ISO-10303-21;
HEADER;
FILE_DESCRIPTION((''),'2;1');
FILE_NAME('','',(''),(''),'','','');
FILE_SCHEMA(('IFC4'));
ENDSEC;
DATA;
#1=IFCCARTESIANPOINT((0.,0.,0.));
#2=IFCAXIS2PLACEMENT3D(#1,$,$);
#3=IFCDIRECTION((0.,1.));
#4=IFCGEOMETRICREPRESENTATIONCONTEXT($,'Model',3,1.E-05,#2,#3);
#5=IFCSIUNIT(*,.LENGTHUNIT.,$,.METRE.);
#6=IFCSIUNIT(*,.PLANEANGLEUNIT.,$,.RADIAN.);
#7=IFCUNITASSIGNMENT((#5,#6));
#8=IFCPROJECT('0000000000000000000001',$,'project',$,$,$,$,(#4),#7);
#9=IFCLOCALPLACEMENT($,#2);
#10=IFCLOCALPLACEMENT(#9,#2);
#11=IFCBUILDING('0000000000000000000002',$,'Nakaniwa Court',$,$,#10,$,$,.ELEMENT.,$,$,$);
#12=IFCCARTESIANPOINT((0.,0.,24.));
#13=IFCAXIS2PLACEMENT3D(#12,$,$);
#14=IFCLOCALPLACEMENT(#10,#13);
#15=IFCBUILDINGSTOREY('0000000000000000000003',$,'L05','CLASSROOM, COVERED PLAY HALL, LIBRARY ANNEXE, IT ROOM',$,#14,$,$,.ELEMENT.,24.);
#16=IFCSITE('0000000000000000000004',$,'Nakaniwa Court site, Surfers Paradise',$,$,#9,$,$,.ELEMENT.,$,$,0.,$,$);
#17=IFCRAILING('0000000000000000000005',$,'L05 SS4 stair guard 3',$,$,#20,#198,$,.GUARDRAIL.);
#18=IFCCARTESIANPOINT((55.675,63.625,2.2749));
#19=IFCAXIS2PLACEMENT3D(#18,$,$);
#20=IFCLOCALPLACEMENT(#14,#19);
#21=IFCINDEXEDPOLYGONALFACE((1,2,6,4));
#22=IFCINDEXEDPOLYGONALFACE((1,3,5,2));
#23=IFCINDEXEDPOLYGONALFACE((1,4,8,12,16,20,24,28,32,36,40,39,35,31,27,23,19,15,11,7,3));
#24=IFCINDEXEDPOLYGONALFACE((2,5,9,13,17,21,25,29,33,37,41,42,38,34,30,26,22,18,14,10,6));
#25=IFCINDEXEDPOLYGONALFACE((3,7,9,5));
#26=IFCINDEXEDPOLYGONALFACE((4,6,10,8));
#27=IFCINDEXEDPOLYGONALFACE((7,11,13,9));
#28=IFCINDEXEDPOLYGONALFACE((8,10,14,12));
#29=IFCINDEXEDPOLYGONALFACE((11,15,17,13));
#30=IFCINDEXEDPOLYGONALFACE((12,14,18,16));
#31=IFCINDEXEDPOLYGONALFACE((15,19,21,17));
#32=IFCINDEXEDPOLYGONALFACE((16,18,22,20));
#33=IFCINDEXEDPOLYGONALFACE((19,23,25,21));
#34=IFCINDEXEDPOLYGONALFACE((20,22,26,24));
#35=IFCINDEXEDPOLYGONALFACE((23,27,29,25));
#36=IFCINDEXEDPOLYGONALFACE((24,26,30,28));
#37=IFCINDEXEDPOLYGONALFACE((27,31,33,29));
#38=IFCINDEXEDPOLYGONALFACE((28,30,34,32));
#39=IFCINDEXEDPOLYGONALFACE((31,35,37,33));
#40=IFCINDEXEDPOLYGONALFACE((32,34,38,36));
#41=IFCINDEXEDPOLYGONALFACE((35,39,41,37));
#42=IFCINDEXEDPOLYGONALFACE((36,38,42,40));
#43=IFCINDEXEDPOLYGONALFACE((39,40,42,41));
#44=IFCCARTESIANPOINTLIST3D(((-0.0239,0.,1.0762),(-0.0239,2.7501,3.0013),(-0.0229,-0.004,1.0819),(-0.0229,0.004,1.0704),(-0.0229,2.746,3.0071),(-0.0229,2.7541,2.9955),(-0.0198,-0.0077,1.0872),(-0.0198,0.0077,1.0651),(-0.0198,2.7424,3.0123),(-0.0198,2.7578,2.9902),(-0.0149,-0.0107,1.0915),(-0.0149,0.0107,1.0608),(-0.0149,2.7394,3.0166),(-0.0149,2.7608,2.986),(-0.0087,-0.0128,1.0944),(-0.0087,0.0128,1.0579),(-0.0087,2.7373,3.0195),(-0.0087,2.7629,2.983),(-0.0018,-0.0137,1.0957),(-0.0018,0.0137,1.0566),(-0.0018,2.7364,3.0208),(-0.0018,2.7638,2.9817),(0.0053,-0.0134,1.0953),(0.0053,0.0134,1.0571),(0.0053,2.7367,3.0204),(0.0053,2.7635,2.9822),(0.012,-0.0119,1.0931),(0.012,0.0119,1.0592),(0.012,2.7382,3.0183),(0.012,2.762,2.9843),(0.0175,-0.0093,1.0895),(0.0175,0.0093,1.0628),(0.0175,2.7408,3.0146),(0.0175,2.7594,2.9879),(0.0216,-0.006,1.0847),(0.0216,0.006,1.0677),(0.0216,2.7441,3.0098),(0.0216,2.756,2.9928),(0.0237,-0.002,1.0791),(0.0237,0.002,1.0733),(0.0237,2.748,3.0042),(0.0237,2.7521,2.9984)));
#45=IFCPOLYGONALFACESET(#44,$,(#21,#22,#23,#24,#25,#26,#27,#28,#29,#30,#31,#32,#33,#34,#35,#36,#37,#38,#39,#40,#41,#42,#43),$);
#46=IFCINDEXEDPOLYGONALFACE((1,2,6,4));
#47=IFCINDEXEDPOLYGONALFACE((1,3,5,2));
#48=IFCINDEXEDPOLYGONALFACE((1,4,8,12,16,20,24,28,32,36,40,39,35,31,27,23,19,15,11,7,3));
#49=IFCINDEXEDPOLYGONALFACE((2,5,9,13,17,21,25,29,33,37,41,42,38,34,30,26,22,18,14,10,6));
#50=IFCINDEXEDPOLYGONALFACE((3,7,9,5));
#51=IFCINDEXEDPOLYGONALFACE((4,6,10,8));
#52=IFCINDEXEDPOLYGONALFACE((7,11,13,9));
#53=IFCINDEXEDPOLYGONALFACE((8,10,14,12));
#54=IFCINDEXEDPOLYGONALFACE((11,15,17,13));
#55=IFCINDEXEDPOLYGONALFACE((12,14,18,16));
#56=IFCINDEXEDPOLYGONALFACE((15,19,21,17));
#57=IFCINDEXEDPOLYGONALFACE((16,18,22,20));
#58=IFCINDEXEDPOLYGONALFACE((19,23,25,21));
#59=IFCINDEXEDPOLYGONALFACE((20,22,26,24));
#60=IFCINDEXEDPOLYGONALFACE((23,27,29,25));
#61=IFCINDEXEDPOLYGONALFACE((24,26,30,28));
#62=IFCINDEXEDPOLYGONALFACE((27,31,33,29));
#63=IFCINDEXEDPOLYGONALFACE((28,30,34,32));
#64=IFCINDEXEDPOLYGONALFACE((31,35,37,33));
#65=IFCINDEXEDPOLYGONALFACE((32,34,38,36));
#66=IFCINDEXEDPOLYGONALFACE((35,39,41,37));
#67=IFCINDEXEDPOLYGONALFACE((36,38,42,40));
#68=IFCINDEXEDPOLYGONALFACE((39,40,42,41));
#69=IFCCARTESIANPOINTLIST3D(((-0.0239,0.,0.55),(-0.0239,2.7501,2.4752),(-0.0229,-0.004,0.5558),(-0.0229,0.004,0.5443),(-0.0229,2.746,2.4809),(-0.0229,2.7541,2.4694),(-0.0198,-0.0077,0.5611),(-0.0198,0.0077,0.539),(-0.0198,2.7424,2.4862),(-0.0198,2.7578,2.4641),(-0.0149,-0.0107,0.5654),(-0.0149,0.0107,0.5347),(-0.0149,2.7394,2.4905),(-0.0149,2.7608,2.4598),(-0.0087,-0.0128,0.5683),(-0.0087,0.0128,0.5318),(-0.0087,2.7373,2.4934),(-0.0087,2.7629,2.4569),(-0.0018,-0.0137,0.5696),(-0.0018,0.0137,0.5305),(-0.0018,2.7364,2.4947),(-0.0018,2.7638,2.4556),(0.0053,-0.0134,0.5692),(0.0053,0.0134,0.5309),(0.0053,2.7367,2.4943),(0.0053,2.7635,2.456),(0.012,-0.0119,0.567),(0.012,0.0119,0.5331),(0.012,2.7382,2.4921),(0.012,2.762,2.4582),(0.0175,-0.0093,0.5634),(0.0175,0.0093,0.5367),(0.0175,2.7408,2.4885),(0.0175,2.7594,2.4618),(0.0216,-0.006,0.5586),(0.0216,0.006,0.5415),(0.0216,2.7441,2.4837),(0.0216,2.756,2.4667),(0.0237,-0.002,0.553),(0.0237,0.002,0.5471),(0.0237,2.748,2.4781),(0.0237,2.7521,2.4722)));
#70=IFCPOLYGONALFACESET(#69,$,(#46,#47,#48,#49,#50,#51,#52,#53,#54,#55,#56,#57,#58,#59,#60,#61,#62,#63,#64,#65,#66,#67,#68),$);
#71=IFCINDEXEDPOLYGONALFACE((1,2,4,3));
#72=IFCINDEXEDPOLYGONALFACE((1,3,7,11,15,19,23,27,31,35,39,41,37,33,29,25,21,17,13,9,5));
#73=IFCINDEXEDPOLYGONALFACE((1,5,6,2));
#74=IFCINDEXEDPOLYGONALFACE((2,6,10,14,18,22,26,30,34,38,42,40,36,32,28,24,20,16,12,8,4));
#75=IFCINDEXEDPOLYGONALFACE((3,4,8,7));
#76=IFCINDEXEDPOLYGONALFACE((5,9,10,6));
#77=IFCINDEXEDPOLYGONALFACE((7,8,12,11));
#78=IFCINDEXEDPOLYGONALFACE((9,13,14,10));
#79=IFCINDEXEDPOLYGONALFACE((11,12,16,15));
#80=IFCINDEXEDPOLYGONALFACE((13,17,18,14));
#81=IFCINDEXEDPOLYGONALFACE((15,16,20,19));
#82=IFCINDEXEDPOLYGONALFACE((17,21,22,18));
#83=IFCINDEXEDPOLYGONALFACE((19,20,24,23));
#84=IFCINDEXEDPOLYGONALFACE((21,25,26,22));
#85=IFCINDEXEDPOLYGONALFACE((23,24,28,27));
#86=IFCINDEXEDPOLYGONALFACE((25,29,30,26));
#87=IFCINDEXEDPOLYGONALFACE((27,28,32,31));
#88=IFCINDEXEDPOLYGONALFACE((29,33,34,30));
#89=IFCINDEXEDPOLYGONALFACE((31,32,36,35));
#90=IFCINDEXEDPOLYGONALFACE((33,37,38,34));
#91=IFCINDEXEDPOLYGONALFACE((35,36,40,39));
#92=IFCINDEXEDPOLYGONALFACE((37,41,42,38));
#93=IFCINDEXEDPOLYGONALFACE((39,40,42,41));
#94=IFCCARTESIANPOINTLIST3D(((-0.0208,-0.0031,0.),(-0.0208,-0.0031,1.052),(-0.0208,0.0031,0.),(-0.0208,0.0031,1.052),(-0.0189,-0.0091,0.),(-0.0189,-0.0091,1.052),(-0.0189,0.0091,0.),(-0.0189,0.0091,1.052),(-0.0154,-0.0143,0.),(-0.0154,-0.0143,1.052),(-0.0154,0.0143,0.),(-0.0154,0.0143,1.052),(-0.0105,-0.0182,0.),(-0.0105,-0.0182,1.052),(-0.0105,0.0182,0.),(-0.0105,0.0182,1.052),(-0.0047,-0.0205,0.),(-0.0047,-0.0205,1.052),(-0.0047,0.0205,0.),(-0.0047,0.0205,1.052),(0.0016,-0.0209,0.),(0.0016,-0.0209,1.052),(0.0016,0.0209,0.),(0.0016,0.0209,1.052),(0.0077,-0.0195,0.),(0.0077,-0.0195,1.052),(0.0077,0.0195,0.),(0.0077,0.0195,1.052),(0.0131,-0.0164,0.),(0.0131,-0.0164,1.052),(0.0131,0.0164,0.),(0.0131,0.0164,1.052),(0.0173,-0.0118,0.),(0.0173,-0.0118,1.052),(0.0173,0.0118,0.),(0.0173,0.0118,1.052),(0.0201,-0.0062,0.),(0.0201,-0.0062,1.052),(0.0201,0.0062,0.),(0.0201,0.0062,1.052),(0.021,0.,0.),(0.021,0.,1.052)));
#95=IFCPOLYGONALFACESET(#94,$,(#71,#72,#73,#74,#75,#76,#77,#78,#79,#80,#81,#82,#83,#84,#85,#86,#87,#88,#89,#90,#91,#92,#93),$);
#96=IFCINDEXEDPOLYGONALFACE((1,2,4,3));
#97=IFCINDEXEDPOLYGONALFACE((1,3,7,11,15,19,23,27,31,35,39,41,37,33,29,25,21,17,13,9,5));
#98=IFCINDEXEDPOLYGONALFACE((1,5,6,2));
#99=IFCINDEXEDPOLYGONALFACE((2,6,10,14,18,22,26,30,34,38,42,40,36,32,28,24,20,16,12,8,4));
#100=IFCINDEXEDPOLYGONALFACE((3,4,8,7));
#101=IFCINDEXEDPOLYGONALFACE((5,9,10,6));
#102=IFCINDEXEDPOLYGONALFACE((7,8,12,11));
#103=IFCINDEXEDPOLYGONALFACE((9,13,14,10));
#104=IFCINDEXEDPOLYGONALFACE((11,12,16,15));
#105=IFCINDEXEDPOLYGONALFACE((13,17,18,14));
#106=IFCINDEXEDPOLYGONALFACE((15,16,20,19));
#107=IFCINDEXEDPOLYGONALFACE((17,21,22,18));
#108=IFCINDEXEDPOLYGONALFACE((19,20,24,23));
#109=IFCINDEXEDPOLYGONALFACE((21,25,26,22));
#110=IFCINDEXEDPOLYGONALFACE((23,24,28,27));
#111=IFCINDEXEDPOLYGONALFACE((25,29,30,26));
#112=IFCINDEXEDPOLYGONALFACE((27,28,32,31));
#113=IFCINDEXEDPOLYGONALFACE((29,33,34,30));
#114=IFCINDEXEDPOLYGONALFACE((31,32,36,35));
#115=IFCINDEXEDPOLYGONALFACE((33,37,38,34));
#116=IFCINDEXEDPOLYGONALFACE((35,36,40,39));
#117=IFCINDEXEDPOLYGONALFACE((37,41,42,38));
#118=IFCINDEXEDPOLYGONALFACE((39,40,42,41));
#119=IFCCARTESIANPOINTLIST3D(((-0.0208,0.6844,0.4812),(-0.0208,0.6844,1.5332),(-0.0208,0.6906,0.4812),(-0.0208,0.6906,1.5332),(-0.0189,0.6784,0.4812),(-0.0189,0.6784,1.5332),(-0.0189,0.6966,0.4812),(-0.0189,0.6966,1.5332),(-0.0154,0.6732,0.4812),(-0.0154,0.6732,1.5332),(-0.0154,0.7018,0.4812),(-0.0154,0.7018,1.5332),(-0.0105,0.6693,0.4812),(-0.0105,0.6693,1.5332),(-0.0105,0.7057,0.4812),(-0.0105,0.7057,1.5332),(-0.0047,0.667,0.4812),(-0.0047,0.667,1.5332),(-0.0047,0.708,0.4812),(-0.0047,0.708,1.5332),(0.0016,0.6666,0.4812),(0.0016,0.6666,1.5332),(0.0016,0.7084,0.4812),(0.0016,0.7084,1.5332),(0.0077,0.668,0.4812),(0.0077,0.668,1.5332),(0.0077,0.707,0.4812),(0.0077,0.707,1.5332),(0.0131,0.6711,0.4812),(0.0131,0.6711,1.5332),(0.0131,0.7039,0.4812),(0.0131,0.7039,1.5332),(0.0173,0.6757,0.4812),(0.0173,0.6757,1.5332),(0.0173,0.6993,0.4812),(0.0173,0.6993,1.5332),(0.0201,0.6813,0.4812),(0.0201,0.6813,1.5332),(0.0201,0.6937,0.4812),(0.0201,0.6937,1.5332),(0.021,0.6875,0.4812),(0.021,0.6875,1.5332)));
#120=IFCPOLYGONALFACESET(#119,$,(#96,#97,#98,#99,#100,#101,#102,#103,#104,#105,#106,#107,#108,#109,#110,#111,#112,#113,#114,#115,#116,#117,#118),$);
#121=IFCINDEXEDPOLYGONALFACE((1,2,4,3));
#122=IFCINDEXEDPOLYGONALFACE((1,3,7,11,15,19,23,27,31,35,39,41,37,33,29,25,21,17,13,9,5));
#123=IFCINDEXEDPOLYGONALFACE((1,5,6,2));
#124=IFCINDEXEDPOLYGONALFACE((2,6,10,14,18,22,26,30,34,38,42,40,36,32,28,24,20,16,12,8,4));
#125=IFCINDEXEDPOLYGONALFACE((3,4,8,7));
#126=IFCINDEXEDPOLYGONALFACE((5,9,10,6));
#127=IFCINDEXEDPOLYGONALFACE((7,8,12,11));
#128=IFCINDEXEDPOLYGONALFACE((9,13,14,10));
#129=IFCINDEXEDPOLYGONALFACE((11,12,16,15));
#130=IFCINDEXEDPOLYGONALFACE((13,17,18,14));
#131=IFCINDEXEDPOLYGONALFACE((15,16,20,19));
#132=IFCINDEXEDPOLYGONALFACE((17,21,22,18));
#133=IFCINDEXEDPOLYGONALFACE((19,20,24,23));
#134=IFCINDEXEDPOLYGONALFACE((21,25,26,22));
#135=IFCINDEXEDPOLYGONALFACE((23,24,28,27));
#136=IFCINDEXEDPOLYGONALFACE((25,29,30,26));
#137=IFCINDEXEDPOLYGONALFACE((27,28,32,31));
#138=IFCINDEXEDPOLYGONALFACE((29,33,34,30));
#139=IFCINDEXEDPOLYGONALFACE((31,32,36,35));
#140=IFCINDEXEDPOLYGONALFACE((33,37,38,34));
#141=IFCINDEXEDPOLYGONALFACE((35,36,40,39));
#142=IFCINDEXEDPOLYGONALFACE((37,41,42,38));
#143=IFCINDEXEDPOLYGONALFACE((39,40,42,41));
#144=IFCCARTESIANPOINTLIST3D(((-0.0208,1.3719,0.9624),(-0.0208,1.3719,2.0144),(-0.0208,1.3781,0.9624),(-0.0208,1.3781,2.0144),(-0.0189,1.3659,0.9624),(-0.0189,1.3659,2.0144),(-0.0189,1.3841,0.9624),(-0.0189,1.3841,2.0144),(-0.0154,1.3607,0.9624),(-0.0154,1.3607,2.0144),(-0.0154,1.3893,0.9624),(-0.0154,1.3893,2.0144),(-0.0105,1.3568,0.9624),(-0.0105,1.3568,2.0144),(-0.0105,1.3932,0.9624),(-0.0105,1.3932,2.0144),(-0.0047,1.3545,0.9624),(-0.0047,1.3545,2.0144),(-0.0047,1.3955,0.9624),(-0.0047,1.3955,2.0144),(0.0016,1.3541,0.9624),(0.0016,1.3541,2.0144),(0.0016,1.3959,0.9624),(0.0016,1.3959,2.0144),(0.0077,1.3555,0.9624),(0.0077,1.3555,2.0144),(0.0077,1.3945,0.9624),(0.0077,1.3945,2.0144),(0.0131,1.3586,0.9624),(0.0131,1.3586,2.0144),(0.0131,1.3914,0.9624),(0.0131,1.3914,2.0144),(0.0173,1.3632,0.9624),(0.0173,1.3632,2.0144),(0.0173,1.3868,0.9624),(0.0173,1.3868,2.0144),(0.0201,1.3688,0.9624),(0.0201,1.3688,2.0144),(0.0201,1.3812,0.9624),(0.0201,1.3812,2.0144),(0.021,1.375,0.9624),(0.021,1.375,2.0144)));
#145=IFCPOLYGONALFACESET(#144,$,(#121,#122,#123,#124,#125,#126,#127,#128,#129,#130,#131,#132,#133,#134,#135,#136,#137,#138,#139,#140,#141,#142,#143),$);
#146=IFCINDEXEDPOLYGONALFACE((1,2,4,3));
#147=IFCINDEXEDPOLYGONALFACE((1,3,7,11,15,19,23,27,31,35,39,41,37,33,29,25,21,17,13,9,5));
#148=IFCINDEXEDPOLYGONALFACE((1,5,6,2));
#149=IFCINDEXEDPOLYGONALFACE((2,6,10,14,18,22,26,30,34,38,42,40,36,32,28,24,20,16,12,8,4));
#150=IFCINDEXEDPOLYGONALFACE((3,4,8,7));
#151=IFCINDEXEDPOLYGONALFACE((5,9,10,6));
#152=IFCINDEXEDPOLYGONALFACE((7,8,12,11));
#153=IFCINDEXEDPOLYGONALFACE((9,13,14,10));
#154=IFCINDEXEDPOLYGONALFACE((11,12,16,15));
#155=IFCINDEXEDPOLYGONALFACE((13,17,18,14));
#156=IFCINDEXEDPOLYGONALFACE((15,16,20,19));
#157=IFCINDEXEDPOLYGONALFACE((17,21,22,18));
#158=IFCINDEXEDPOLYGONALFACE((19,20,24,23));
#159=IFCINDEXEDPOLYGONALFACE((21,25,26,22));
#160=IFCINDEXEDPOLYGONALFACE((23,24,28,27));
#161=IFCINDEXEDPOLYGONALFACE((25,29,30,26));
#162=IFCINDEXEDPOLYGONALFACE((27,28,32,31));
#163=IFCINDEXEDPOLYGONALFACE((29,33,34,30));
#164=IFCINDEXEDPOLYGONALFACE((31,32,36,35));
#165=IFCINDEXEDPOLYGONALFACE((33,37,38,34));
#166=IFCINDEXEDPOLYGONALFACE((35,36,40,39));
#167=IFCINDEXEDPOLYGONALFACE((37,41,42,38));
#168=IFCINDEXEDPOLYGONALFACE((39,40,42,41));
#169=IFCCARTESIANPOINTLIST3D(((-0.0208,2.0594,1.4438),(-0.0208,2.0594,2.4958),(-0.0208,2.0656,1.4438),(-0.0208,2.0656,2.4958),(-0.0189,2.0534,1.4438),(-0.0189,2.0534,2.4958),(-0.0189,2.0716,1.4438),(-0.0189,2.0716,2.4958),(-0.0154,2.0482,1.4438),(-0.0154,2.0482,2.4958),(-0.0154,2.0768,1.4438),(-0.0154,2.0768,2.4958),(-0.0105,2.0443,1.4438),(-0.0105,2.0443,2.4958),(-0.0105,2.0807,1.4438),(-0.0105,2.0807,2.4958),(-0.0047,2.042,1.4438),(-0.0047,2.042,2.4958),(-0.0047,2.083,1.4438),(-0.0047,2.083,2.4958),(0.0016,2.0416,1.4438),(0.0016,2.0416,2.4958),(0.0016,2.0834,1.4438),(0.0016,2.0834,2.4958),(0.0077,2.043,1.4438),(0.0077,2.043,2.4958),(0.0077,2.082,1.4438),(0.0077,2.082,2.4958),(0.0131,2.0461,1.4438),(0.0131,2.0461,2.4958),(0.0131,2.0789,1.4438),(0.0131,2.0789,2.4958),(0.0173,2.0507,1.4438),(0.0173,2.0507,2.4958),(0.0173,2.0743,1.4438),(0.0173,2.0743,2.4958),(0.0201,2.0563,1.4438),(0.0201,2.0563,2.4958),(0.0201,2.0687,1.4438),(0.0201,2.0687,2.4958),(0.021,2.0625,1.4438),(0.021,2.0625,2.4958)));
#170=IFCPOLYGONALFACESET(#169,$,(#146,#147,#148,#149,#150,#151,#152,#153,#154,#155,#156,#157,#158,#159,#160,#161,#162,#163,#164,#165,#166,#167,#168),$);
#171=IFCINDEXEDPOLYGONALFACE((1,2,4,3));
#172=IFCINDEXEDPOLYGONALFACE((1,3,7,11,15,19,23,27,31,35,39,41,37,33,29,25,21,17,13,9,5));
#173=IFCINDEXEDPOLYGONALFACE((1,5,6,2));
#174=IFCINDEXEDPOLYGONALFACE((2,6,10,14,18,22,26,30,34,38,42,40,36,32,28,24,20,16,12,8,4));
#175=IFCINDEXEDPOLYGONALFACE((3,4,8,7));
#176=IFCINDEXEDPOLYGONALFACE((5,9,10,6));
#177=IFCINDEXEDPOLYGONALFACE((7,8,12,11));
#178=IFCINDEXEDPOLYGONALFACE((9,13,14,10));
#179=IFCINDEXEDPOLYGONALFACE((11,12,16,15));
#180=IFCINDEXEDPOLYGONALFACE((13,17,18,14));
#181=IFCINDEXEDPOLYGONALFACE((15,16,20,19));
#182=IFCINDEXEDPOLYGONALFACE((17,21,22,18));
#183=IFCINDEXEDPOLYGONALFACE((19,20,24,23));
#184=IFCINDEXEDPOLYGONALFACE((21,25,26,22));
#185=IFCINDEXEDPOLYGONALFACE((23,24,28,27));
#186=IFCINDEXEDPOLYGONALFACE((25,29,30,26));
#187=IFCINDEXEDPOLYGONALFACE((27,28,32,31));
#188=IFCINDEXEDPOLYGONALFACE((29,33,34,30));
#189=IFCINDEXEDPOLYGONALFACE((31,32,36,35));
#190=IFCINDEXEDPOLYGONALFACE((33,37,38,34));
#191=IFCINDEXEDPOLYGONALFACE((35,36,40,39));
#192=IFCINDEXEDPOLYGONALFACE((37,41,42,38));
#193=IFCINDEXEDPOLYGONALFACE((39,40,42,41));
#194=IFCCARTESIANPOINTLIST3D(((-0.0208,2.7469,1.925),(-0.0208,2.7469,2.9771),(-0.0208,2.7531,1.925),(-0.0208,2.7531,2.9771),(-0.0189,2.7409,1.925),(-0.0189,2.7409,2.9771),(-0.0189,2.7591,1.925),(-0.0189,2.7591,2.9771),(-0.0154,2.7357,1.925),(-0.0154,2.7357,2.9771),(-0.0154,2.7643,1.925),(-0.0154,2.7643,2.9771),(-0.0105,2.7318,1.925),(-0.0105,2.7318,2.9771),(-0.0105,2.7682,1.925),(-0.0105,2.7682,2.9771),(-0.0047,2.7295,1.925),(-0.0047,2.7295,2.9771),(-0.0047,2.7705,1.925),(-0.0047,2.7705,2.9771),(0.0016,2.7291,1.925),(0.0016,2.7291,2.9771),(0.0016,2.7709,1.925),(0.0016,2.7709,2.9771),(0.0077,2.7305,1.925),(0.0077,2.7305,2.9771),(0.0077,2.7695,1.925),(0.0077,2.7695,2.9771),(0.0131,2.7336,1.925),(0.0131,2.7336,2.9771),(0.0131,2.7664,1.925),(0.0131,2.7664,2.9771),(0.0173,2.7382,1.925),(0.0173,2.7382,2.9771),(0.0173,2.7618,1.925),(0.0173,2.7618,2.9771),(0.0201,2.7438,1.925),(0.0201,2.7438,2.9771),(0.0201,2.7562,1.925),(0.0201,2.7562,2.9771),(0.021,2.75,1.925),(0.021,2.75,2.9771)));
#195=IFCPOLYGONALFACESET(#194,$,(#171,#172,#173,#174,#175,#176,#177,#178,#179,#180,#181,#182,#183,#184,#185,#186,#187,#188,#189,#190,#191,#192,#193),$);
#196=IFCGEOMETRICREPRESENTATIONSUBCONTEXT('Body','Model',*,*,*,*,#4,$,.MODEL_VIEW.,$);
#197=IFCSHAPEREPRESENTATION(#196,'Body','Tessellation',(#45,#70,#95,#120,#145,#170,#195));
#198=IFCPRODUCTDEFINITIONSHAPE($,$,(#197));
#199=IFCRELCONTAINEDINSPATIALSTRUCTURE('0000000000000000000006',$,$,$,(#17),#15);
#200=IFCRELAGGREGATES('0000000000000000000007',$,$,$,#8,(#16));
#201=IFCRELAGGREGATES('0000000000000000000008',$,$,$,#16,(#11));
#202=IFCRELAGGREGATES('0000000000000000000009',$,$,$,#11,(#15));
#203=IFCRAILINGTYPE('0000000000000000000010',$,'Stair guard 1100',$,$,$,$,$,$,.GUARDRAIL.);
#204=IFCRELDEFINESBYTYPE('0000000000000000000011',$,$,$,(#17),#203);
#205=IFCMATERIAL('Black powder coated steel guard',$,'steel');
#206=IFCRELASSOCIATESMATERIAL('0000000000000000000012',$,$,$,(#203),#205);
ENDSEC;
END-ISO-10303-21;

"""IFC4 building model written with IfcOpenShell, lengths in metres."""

from ifc_helpers import new_model, si_unit, direction, frame, origin, origin_2d, place, context, subcontext, project, spatial, circle, extrude, material, type_object, element, save


model = new_model("IFC4")

# Units and contexts
model_context = context("Model", 3, precision=1e-05, world=origin(), true_north=direction((0.0, 1.0)))
body_context = subcontext(model_context, "Body", "Model", "MODEL_VIEW")
ifc_project = project(units=[si_unit("LENGTHUNIT", "METRE"), si_unit("PLANEANGLEUNIT", "RADIAN")], contexts=[model_context])

# Site, building, storey
site_placement = place(None, origin())
site = spatial("IfcSite", under=ifc_project, at=site_placement, Name="Nakaniwa Court site, Surfers Paradise", CompositionType="ELEMENT", RefElevation=0.0)
building_placement = place(site_placement, origin())
building = spatial("IfcBuilding", under=site, at=building_placement, Name="Nakaniwa Court", CompositionType="ELEMENT")
storey_placement = place(building_placement, frame((0.0, 0.0, 24.0)))
storey = spatial("IfcBuildingStorey", under=building, at=storey_placement, Name="L05", Description="CLASSROOM, COVERED PLAY HALL, LIBRARY ANNEXE, IT ROOM", CompositionType="ELEMENT", Elevation=24.0)

# Railing
ifc_material_1 = material(Name="Black powder coated steel guard", Category="steel")
railing_type_1 = type_object("IfcRailingType", Name="Stair guard 1100", PredefinedType="GUARDRAIL", material=ifc_material_1)
railing_1_placement = place(storey_placement, frame((55.675, 63.625, 2.2749)))
element("IfcRailing", 1, at=railing_1_placement, inside=storey, type_object=railing_type_1, Name="L05 SS4 stair guard 3", PredefinedType="GUARDRAIL", context=body_context, shape_type="SweptSolid", body=[
    extrude(circle(Radius=0.0239, at=origin_2d()), frame((0.0, 0.0, 1.0762), z_axis=(0.0, 0.819225, 0.573472), x_axis=(-1.0, 0.0, 0.0)), (0.0, 0.0, 1.0), 3.3569),
    extrude(circle(Radius=0.0239, at=origin_2d()), frame((0.0, 0.0, 0.55), z_axis=(0.0, 0.819225, 0.573472), x_axis=(-1.0, 0.0, 0.0)), (0.0, 0.0, 1.0), 3.3569),
    extrude(circle(Radius=0.021, at=origin_2d()), origin(), (0.0, 0.0, 1.0), 1.052),
    extrude(circle(Radius=0.021, at=origin_2d()), frame((0.0, 0.6875, 0.4812)), (0.0, 0.0, 1.0), 1.052),
    extrude(circle(Radius=0.021, at=origin_2d()), frame((0.0, 1.375, 0.9624)), (0.0, 0.0, 1.0), 1.052),
    extrude(circle(Radius=0.021, at=origin_2d()), frame((0.0, 2.0625, 1.4438)), (0.0, 0.0, 1.0), 1.052),
    extrude(circle(Radius=0.021, at=origin_2d()), frame((0.0, 2.75, 1.925)), (0.0, 0.0, 1.0), 1.052),
])

save(model, "model.ifc")
